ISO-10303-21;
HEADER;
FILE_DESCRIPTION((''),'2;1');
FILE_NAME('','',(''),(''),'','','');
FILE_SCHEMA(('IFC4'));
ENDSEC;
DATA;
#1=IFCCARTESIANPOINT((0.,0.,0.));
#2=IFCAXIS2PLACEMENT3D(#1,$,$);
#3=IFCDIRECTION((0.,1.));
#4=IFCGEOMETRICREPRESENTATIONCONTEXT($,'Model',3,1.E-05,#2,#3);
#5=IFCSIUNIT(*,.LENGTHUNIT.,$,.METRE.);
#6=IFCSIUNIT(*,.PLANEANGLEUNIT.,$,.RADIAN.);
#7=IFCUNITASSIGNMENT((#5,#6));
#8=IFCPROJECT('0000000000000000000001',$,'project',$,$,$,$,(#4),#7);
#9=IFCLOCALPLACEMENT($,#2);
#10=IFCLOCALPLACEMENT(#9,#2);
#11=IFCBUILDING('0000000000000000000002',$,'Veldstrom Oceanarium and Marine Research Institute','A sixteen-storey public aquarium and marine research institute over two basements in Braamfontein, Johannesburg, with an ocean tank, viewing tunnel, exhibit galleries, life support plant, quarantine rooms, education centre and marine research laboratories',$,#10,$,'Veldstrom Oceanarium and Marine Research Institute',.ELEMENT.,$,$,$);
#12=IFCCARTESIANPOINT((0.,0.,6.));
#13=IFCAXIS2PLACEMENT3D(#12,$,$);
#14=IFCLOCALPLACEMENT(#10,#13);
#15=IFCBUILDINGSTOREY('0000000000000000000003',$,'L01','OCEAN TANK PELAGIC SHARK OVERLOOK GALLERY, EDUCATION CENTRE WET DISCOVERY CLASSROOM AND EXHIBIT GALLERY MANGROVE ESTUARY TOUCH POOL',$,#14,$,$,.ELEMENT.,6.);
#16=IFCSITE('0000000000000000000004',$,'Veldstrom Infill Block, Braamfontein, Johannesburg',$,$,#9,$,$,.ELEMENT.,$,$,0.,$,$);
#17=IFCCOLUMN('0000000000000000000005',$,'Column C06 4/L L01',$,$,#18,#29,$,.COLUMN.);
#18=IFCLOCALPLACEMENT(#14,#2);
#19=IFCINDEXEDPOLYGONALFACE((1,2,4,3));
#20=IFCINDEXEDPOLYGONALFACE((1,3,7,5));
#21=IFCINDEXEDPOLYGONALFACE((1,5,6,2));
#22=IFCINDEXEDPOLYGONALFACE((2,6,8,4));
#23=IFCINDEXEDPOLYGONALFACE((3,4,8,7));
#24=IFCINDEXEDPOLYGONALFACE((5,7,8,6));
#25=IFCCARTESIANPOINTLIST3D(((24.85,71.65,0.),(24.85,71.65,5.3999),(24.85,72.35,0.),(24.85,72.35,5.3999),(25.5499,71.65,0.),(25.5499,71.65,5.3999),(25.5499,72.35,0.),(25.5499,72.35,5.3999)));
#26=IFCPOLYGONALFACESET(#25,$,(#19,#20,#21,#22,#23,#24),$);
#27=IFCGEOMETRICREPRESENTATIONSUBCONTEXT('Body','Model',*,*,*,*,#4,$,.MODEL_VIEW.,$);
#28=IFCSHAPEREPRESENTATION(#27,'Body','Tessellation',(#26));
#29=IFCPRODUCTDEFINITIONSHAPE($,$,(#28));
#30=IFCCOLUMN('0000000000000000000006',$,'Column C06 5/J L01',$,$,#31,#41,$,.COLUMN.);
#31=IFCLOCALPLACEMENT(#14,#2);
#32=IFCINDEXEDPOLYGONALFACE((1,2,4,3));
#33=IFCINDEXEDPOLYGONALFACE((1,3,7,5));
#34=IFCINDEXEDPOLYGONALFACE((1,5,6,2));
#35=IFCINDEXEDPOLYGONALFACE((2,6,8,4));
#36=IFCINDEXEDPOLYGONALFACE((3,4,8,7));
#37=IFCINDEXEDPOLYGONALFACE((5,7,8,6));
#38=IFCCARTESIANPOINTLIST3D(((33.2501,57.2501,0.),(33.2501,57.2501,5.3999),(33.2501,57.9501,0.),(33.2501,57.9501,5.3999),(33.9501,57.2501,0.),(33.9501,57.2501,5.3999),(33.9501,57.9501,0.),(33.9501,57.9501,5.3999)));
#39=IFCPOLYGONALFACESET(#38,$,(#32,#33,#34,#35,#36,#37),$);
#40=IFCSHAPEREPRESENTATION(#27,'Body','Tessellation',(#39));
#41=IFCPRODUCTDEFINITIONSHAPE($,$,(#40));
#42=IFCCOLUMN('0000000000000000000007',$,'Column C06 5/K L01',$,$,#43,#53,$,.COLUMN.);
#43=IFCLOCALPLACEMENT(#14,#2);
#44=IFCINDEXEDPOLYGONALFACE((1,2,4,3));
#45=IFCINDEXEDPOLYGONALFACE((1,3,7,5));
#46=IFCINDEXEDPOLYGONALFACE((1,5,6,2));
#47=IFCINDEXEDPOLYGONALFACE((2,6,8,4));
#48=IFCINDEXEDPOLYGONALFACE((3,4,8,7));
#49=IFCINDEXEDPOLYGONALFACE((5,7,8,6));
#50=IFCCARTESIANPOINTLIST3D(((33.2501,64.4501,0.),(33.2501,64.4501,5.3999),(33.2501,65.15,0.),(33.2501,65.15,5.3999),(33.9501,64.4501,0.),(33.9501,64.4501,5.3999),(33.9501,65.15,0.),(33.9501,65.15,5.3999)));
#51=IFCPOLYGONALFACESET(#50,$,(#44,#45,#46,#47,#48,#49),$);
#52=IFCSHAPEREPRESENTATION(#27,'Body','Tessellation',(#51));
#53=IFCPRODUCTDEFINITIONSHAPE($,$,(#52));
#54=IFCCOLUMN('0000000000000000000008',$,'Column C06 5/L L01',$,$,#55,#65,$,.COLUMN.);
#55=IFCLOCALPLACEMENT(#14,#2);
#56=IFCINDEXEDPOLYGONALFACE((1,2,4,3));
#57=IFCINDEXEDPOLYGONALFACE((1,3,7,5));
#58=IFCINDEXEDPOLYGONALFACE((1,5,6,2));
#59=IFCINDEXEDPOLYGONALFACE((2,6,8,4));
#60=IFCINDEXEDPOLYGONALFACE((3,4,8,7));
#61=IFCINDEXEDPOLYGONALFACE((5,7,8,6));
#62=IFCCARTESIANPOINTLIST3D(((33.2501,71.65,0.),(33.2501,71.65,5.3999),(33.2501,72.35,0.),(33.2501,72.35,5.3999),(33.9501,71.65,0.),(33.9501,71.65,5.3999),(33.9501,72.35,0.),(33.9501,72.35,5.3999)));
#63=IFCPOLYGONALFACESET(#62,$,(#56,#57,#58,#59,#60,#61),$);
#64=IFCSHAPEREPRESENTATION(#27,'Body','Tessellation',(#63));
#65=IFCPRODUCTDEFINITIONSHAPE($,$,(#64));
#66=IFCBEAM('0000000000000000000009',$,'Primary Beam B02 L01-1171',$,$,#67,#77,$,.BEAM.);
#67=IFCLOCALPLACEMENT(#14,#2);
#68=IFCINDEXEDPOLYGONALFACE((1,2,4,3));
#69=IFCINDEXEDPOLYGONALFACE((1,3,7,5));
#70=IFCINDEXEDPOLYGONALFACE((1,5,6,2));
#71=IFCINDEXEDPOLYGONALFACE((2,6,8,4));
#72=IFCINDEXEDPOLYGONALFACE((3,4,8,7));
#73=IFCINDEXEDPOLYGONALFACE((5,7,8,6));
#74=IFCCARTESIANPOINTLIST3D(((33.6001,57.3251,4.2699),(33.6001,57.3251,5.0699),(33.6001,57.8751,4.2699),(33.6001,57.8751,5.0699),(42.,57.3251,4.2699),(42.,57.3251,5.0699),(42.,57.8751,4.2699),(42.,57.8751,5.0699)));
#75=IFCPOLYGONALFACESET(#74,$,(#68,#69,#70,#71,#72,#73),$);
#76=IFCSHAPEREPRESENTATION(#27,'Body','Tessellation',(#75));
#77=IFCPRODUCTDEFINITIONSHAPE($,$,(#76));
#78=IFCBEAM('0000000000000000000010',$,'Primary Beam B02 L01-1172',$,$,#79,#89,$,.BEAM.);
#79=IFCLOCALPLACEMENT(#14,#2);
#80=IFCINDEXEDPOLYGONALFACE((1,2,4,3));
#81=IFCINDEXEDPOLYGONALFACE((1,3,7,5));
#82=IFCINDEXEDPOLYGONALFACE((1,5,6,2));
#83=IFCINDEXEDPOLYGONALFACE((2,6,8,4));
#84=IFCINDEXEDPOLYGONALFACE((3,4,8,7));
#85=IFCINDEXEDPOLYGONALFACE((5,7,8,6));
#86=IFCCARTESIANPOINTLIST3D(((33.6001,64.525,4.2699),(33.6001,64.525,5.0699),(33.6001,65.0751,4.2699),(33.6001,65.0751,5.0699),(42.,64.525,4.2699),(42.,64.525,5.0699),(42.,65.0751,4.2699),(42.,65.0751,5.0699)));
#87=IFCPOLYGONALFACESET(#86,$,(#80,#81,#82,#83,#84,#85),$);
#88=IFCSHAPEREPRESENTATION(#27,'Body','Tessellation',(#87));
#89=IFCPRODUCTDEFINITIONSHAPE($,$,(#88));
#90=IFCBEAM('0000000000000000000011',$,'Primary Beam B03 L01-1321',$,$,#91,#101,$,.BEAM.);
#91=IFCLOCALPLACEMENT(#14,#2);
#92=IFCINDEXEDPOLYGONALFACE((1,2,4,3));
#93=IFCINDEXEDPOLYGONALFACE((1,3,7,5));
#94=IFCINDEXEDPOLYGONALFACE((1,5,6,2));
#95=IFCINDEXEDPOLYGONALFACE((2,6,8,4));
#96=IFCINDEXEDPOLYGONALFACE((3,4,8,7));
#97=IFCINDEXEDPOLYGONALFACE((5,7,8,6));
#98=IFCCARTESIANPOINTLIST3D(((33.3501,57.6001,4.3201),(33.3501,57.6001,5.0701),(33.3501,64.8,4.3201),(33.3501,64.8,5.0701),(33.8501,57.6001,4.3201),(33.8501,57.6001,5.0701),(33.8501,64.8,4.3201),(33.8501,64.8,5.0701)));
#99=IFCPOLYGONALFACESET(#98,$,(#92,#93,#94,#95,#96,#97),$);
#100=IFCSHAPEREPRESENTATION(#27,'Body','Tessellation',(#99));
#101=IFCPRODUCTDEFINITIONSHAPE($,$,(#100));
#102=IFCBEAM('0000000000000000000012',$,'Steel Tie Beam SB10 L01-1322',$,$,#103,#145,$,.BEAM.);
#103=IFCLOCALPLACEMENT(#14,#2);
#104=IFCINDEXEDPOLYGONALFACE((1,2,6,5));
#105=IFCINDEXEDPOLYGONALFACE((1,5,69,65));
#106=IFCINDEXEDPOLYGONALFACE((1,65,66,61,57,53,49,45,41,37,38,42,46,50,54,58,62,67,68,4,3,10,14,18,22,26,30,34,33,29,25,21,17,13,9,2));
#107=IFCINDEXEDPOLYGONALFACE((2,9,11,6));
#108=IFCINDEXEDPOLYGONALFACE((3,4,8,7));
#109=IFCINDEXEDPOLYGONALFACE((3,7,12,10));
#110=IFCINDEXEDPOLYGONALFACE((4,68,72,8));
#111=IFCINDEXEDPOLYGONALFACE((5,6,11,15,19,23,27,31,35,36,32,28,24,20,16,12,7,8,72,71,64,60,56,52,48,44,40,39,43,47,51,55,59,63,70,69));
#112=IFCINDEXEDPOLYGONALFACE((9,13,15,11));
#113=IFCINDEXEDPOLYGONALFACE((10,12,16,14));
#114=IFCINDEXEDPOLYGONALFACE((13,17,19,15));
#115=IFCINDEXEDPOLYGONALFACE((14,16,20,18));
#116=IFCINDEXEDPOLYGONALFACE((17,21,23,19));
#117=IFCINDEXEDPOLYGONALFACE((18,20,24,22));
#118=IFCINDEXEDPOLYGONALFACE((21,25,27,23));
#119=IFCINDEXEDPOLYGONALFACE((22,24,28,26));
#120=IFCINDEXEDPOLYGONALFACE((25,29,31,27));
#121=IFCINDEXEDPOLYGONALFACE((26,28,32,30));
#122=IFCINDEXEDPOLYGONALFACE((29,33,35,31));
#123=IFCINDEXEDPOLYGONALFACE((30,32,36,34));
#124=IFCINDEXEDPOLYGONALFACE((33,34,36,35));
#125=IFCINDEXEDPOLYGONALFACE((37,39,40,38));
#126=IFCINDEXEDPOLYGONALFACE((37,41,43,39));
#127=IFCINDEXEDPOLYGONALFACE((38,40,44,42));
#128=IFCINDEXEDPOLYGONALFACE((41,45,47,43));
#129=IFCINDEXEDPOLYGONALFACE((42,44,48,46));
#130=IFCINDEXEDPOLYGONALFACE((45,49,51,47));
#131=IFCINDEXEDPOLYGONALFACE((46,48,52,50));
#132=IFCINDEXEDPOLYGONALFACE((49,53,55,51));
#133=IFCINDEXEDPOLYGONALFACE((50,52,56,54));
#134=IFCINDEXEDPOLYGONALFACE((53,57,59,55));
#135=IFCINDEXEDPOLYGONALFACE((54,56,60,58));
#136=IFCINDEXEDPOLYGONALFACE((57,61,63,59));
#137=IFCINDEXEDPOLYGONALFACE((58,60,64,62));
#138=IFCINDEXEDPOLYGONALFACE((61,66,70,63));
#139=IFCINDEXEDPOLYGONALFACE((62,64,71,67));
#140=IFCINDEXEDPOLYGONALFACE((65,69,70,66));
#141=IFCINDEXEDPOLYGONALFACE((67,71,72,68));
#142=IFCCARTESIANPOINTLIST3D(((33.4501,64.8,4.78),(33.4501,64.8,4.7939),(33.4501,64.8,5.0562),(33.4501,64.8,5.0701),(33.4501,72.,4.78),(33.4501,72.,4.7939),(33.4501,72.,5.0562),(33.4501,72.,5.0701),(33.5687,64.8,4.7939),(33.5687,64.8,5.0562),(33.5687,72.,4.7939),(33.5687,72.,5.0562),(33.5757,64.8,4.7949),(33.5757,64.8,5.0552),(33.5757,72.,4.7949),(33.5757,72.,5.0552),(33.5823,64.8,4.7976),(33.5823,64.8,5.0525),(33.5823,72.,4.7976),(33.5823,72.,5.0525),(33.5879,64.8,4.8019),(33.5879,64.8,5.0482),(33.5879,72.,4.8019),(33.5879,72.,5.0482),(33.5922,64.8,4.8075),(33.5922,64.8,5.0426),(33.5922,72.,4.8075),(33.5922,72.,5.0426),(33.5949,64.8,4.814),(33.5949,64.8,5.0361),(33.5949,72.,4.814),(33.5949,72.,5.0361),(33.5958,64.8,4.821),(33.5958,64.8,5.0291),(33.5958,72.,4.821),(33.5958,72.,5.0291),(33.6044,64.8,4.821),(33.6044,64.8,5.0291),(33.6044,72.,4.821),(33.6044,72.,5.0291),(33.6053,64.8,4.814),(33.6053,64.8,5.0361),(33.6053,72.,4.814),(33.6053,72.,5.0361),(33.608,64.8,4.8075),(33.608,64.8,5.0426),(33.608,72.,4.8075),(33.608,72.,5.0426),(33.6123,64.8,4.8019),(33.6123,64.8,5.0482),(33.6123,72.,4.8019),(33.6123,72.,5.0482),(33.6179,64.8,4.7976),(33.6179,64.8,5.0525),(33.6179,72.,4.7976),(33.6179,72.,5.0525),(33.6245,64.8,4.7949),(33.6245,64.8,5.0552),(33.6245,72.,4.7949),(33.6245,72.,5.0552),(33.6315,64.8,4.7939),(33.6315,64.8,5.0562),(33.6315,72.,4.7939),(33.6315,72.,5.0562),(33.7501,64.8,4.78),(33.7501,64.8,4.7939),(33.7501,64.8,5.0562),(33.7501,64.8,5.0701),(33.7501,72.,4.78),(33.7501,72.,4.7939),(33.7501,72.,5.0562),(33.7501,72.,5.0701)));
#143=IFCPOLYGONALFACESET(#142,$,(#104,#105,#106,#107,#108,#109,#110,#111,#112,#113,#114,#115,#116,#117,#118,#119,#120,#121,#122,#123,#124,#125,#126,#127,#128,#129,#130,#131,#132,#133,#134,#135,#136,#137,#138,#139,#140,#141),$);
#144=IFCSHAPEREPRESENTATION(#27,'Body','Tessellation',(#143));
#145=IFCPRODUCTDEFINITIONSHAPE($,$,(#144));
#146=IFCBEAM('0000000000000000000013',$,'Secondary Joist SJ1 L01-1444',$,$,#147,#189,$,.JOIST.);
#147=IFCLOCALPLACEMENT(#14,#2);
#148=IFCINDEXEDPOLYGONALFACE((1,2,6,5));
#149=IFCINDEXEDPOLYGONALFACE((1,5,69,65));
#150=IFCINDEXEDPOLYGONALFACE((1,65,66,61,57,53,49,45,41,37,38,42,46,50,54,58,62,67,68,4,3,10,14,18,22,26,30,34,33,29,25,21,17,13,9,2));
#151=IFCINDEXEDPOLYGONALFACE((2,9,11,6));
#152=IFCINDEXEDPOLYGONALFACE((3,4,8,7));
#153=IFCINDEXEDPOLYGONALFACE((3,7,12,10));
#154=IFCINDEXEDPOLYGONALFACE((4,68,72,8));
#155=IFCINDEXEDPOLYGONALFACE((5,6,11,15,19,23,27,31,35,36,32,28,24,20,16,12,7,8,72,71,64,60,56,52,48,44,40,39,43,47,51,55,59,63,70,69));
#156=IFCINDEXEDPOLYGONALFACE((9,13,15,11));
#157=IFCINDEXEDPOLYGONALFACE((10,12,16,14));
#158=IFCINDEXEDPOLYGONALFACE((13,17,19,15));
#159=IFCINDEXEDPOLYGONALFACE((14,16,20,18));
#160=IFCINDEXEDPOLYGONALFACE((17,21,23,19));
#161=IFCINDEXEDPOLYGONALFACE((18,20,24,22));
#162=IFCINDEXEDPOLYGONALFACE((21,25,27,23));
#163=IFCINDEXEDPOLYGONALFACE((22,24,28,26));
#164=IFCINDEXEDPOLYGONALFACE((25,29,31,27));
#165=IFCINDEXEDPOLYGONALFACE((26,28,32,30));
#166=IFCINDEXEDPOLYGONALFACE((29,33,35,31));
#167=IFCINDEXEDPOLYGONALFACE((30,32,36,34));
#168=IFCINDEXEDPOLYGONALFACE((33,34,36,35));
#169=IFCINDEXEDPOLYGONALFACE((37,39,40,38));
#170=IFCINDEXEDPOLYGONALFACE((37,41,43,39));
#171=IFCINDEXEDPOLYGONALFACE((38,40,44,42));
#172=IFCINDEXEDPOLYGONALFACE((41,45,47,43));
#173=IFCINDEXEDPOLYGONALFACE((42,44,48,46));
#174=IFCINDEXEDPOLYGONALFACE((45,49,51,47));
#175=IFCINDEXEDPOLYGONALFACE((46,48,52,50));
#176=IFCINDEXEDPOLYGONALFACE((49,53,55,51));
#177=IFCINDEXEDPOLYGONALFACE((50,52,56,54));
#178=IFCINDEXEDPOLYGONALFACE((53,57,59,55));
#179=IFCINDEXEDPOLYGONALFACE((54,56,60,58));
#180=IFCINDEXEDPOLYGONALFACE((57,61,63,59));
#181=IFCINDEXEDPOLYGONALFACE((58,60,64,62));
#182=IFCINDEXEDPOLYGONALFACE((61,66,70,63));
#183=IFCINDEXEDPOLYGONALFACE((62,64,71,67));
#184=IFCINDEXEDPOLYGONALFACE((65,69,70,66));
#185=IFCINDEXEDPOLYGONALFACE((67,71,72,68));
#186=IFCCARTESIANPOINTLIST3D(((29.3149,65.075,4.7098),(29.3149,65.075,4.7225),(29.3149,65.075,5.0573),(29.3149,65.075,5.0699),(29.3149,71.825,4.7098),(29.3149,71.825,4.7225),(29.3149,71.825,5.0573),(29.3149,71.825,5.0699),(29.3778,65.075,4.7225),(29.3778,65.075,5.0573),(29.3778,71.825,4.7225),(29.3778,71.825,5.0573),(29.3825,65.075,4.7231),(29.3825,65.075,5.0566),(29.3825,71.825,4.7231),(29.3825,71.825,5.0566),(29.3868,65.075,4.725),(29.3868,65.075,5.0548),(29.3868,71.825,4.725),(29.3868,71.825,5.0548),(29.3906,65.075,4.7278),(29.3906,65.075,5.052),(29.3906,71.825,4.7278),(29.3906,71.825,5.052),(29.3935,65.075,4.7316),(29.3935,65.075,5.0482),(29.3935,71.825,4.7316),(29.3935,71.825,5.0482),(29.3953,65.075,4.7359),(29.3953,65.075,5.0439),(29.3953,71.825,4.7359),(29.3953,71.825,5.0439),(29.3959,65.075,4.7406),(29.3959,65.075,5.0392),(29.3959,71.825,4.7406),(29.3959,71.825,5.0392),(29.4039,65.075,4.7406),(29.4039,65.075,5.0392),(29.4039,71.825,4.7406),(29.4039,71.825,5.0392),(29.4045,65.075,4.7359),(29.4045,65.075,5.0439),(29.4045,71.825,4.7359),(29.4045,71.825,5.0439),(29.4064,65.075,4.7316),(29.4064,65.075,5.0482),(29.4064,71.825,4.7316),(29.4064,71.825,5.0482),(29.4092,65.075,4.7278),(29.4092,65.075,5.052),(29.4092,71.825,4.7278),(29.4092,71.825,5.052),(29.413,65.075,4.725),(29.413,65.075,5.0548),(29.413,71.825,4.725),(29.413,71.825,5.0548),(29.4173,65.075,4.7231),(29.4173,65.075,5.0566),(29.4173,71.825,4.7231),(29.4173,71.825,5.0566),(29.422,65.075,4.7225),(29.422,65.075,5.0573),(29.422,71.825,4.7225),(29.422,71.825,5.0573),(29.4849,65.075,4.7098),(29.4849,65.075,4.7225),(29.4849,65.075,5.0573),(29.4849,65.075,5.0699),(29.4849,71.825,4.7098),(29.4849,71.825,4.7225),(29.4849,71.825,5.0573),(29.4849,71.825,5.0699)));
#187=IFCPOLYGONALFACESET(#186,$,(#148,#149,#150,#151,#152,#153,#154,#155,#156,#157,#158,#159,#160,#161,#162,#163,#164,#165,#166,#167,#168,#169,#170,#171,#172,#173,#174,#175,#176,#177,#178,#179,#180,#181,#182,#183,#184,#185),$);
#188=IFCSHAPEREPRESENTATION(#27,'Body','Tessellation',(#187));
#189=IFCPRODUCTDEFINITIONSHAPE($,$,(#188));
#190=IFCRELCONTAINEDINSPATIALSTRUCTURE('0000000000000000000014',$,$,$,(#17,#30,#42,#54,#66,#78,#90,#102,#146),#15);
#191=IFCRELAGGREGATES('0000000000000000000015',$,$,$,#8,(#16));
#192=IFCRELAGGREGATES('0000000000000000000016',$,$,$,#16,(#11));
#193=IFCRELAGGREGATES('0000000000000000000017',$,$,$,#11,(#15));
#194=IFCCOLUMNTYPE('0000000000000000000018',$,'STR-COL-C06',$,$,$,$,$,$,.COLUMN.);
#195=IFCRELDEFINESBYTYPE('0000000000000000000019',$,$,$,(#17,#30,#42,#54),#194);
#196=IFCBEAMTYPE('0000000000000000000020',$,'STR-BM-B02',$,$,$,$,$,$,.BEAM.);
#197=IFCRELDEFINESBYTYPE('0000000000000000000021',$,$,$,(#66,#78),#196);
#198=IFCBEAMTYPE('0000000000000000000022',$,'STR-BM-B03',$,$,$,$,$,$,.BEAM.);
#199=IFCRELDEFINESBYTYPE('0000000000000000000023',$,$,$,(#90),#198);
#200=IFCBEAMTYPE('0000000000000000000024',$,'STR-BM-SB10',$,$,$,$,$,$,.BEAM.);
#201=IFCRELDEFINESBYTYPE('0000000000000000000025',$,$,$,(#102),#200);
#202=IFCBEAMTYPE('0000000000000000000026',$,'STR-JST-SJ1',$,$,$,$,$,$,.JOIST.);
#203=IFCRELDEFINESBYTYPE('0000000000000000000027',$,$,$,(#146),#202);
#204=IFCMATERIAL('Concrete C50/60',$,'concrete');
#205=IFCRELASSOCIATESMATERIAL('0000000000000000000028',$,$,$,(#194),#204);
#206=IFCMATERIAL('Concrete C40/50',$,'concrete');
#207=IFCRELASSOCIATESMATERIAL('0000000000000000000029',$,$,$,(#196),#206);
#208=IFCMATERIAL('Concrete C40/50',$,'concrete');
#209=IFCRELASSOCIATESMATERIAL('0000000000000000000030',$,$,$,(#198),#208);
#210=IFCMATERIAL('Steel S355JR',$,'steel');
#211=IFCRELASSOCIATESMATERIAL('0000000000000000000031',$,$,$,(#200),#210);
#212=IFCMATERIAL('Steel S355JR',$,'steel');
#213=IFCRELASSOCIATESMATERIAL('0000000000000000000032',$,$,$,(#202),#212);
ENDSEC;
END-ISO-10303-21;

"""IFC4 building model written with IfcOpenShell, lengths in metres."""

from ifc_helpers import new_model, si_unit, direction, frame, origin, origin_2d, place, context, subcontext, project, spatial, rectangle, i_section, extrude, material, material_profile, profile_set, type_object, element, save


model = new_model("IFC4")

# Units and contexts
model_context = context("Model", 3, precision=1e-05, world=origin(), true_north=direction((0.0, 1.0)))
body_context = subcontext(model_context, "Body", "Model", "MODEL_VIEW")
ifc_project = project(units=[si_unit("LENGTHUNIT", "METRE"), si_unit("PLANEANGLEUNIT", "RADIAN")], contexts=[model_context])

# Site, building, storey
site_placement = place(None, origin())
site = spatial("IfcSite", under=ifc_project, at=site_placement, Name="Veldstrom Infill Block, Braamfontein, Johannesburg", CompositionType="ELEMENT", RefElevation=0.0)
building_placement = place(site_placement, origin())
building = spatial("IfcBuilding", under=site, at=building_placement, Name="Veldstrom Oceanarium and Marine Research Institute", Description="A sixteen-storey public aquarium and marine research institute over two basements in Braamfontein, Johannesburg, with an ocean tank, viewing tunnel, exhibit galleries, life support plant, quarantine rooms, education centre and marine research laboratories", LongName="Veldstrom Oceanarium and Marine Research Institute", CompositionType="ELEMENT")
storey_placement = place(building_placement, frame((0.0, 0.0, 6.0)))
storey = spatial("IfcBuildingStorey", under=building, at=storey_placement, Name="L01", Description="OCEAN TANK PELAGIC SHARK OVERLOOK GALLERY, EDUCATION CENTRE WET DISCOVERY CLASSROOM AND EXHIBIT GALLERY MANGROVE ESTUARY TOUCH POOL", CompositionType="ELEMENT", Elevation=6.0)

# Columns
ifc_material_1 = material(Name="Concrete C50/60", Category="concrete")
ifc_material_profile_1 = material_profile(ifc_material_1, rectangle(XDim=0.7, YDim=0.7, at=origin_2d()), Name="RC-COL-700x700")
ifc_profile_set_1 = profile_set([ifc_material_profile_1], Name="Concrete C50/60")
column_type = type_object("IfcColumnType", Name="STR-COL-C06", PredefinedType="COLUMN", material=ifc_profile_set_1)
for number, where, z_axis, x_axis, name in (
    (1, (25.2, 72.0, 0.0), (0.0, 0.0, 1.0), (1.0, 0.0, 0.0), "Column C06 4/L L01"),
    (2, (33.6001, 57.6001, 0.0), (0.0, 0.0, 1.0), (1.0, 0.0, 0.0), "Column C06 5/J L01"),
    (3, (33.6001, 64.8, 0.0), (0.0, 0.0, 1.0), (1.0, 0.0, 0.0), "Column C06 5/K L01"),
    (4, (33.6001, 72.0, 0.0), (0.0, 0.0, 1.0), (1.0, 0.0, 0.0), "Column C06 5/L L01"),
):
    element("IfcColumn", number, at=place(storey_placement, frame(where, z_axis=z_axis, x_axis=x_axis)), inside=storey, type_object=column_type, Name=name, PredefinedType="COLUMN", context=body_context, shape_type="SweptSolid", body=[
        extrude(rectangle(XDim=0.7, YDim=0.7, at=origin_2d()), origin(), (0.0, 0.0, 1.0), 5.3999),
    ])

# Beams
ifc_material_2 = material(Name="Concrete C40/50", Category="concrete")
ifc_material_profile_2 = material_profile(ifc_material_2, rectangle(XDim=0.55, YDim=0.8, at=origin_2d()), Name="RC-BM-550x800")
ifc_profile_set_2 = profile_set([ifc_material_profile_2], Name="Concrete C40/50")
beam_type_1 = type_object("IfcBeamType", Name="STR-BM-B02", PredefinedType="BEAM", material=ifc_profile_set_2)
for number, where, z_axis, x_axis, name in (
    (5, (33.6001, 57.6001, 4.6699), (1.0, 0.0, 0.0), (0.0, 1.0, 0.0), "Primary Beam B02 L01-1171"),
    (6, (33.6001, 64.8, 4.6699), (1.0, 0.0, 0.0), (0.0, 1.0, 0.0), "Primary Beam B02 L01-1172"),
):
    element("IfcBeam", number, at=place(storey_placement, frame(where, z_axis=z_axis, x_axis=x_axis)), inside=storey, type_object=beam_type_1, Name=name, PredefinedType="BEAM", context=body_context, shape_type="SweptSolid", body=[
        extrude(rectangle(XDim=0.55, YDim=0.8, at=origin_2d()), origin(), (0.0, 0.0, 1.0), 8.3999),
    ])
ifc_material_3 = material(Name="Concrete C40/50", Category="concrete")
ifc_material_profile_3 = material_profile(ifc_material_3, rectangle(XDim=0.5, YDim=0.75, at=origin_2d()), Name="RC-BM-500x750")
ifc_profile_set_3 = profile_set([ifc_material_profile_3], Name="Concrete C40/50")
beam_type_2 = type_object("IfcBeamType", Name="STR-BM-B03", PredefinedType="BEAM", material=ifc_profile_set_3)
beam_1_placement = place(storey_placement, frame((33.6001, 57.6001, 4.6951), z_axis=(0.0, 1.0, 0.0), x_axis=(-1.0, 0.0, 0.0)))
element("IfcBeam", 7, at=beam_1_placement, inside=storey, type_object=beam_type_2, Name="Primary Beam B03 L01-1321", PredefinedType="BEAM", context=body_context, shape_type="SweptSolid", body=[
    extrude(rectangle(XDim=0.5, YDim=0.75, at=origin_2d()), origin(), (0.0, 0.0, 1.0), 7.2),
])
ifc_material_4 = material(Name="Steel S355JR", Category="steel")
ifc_material_profile_4 = material_profile(ifc_material_4, i_section(OverallWidth=0.3, OverallDepth=0.29, WebThickness=0.0085, FlangeThickness=0.0139, FilletRadius=0.0271, at=origin_2d()), Name="HEA 300")
ifc_profile_set_4 = profile_set([ifc_material_profile_4], Name="Steel S355JR")
beam_type_3 = type_object("IfcBeamType", Name="STR-BM-SB10", PredefinedType="BEAM", material=ifc_profile_set_4)
beam_2_placement = place(storey_placement, frame((33.6001, 64.8, 4.925), z_axis=(0.0, 1.0, 0.0), x_axis=(-1.0, 0.0, 0.0)))
element("IfcBeam", 8, at=beam_2_placement, inside=storey, type_object=beam_type_3, Name="Steel Tie Beam SB10 L01-1322", PredefinedType="BEAM", context=body_context, shape_type="SweptSolid", body=[
    extrude(i_section(OverallWidth=0.3, OverallDepth=0.29, WebThickness=0.0085, FlangeThickness=0.0139, FilletRadius=0.0271, at=origin_2d()), origin(), (0.0, 0.0, 1.0), 7.2),
])
ifc_material_5 = material(Name="Steel S355JR", Category="steel")
ifc_material_profile_5 = material_profile(ifc_material_5, i_section(OverallWidth=0.1699, OverallDepth=0.3601, WebThickness=0.0081, FlangeThickness=0.0127, FilletRadius=0.0181, at=origin_2d()), Name="IPE 360")
ifc_profile_set_5 = profile_set([ifc_material_profile_5], Name="Steel S355JR")
beam_type_4 = type_object("IfcBeamType", Name="STR-JST-SJ1", PredefinedType="JOIST", material=ifc_profile_set_5)
beam_3_placement = place(storey_placement, frame((29.3999, 65.075, 4.8899), z_axis=(0.0, 1.0, 0.0), x_axis=(-1.0, 0.0, 0.0)))
element("IfcBeam", 9, at=beam_3_placement, inside=storey, type_object=beam_type_4, Name="Secondary Joist SJ1 L01-1444", PredefinedType="JOIST", context=body_context, shape_type="SweptSolid", body=[
    extrude(i_section(OverallWidth=0.1699, OverallDepth=0.3601, WebThickness=0.0081, FlangeThickness=0.0127, FilletRadius=0.0181, at=origin_2d()), origin(), (0.0, 0.0, 1.0), 6.75),
])

save(model, "model.ifc")
